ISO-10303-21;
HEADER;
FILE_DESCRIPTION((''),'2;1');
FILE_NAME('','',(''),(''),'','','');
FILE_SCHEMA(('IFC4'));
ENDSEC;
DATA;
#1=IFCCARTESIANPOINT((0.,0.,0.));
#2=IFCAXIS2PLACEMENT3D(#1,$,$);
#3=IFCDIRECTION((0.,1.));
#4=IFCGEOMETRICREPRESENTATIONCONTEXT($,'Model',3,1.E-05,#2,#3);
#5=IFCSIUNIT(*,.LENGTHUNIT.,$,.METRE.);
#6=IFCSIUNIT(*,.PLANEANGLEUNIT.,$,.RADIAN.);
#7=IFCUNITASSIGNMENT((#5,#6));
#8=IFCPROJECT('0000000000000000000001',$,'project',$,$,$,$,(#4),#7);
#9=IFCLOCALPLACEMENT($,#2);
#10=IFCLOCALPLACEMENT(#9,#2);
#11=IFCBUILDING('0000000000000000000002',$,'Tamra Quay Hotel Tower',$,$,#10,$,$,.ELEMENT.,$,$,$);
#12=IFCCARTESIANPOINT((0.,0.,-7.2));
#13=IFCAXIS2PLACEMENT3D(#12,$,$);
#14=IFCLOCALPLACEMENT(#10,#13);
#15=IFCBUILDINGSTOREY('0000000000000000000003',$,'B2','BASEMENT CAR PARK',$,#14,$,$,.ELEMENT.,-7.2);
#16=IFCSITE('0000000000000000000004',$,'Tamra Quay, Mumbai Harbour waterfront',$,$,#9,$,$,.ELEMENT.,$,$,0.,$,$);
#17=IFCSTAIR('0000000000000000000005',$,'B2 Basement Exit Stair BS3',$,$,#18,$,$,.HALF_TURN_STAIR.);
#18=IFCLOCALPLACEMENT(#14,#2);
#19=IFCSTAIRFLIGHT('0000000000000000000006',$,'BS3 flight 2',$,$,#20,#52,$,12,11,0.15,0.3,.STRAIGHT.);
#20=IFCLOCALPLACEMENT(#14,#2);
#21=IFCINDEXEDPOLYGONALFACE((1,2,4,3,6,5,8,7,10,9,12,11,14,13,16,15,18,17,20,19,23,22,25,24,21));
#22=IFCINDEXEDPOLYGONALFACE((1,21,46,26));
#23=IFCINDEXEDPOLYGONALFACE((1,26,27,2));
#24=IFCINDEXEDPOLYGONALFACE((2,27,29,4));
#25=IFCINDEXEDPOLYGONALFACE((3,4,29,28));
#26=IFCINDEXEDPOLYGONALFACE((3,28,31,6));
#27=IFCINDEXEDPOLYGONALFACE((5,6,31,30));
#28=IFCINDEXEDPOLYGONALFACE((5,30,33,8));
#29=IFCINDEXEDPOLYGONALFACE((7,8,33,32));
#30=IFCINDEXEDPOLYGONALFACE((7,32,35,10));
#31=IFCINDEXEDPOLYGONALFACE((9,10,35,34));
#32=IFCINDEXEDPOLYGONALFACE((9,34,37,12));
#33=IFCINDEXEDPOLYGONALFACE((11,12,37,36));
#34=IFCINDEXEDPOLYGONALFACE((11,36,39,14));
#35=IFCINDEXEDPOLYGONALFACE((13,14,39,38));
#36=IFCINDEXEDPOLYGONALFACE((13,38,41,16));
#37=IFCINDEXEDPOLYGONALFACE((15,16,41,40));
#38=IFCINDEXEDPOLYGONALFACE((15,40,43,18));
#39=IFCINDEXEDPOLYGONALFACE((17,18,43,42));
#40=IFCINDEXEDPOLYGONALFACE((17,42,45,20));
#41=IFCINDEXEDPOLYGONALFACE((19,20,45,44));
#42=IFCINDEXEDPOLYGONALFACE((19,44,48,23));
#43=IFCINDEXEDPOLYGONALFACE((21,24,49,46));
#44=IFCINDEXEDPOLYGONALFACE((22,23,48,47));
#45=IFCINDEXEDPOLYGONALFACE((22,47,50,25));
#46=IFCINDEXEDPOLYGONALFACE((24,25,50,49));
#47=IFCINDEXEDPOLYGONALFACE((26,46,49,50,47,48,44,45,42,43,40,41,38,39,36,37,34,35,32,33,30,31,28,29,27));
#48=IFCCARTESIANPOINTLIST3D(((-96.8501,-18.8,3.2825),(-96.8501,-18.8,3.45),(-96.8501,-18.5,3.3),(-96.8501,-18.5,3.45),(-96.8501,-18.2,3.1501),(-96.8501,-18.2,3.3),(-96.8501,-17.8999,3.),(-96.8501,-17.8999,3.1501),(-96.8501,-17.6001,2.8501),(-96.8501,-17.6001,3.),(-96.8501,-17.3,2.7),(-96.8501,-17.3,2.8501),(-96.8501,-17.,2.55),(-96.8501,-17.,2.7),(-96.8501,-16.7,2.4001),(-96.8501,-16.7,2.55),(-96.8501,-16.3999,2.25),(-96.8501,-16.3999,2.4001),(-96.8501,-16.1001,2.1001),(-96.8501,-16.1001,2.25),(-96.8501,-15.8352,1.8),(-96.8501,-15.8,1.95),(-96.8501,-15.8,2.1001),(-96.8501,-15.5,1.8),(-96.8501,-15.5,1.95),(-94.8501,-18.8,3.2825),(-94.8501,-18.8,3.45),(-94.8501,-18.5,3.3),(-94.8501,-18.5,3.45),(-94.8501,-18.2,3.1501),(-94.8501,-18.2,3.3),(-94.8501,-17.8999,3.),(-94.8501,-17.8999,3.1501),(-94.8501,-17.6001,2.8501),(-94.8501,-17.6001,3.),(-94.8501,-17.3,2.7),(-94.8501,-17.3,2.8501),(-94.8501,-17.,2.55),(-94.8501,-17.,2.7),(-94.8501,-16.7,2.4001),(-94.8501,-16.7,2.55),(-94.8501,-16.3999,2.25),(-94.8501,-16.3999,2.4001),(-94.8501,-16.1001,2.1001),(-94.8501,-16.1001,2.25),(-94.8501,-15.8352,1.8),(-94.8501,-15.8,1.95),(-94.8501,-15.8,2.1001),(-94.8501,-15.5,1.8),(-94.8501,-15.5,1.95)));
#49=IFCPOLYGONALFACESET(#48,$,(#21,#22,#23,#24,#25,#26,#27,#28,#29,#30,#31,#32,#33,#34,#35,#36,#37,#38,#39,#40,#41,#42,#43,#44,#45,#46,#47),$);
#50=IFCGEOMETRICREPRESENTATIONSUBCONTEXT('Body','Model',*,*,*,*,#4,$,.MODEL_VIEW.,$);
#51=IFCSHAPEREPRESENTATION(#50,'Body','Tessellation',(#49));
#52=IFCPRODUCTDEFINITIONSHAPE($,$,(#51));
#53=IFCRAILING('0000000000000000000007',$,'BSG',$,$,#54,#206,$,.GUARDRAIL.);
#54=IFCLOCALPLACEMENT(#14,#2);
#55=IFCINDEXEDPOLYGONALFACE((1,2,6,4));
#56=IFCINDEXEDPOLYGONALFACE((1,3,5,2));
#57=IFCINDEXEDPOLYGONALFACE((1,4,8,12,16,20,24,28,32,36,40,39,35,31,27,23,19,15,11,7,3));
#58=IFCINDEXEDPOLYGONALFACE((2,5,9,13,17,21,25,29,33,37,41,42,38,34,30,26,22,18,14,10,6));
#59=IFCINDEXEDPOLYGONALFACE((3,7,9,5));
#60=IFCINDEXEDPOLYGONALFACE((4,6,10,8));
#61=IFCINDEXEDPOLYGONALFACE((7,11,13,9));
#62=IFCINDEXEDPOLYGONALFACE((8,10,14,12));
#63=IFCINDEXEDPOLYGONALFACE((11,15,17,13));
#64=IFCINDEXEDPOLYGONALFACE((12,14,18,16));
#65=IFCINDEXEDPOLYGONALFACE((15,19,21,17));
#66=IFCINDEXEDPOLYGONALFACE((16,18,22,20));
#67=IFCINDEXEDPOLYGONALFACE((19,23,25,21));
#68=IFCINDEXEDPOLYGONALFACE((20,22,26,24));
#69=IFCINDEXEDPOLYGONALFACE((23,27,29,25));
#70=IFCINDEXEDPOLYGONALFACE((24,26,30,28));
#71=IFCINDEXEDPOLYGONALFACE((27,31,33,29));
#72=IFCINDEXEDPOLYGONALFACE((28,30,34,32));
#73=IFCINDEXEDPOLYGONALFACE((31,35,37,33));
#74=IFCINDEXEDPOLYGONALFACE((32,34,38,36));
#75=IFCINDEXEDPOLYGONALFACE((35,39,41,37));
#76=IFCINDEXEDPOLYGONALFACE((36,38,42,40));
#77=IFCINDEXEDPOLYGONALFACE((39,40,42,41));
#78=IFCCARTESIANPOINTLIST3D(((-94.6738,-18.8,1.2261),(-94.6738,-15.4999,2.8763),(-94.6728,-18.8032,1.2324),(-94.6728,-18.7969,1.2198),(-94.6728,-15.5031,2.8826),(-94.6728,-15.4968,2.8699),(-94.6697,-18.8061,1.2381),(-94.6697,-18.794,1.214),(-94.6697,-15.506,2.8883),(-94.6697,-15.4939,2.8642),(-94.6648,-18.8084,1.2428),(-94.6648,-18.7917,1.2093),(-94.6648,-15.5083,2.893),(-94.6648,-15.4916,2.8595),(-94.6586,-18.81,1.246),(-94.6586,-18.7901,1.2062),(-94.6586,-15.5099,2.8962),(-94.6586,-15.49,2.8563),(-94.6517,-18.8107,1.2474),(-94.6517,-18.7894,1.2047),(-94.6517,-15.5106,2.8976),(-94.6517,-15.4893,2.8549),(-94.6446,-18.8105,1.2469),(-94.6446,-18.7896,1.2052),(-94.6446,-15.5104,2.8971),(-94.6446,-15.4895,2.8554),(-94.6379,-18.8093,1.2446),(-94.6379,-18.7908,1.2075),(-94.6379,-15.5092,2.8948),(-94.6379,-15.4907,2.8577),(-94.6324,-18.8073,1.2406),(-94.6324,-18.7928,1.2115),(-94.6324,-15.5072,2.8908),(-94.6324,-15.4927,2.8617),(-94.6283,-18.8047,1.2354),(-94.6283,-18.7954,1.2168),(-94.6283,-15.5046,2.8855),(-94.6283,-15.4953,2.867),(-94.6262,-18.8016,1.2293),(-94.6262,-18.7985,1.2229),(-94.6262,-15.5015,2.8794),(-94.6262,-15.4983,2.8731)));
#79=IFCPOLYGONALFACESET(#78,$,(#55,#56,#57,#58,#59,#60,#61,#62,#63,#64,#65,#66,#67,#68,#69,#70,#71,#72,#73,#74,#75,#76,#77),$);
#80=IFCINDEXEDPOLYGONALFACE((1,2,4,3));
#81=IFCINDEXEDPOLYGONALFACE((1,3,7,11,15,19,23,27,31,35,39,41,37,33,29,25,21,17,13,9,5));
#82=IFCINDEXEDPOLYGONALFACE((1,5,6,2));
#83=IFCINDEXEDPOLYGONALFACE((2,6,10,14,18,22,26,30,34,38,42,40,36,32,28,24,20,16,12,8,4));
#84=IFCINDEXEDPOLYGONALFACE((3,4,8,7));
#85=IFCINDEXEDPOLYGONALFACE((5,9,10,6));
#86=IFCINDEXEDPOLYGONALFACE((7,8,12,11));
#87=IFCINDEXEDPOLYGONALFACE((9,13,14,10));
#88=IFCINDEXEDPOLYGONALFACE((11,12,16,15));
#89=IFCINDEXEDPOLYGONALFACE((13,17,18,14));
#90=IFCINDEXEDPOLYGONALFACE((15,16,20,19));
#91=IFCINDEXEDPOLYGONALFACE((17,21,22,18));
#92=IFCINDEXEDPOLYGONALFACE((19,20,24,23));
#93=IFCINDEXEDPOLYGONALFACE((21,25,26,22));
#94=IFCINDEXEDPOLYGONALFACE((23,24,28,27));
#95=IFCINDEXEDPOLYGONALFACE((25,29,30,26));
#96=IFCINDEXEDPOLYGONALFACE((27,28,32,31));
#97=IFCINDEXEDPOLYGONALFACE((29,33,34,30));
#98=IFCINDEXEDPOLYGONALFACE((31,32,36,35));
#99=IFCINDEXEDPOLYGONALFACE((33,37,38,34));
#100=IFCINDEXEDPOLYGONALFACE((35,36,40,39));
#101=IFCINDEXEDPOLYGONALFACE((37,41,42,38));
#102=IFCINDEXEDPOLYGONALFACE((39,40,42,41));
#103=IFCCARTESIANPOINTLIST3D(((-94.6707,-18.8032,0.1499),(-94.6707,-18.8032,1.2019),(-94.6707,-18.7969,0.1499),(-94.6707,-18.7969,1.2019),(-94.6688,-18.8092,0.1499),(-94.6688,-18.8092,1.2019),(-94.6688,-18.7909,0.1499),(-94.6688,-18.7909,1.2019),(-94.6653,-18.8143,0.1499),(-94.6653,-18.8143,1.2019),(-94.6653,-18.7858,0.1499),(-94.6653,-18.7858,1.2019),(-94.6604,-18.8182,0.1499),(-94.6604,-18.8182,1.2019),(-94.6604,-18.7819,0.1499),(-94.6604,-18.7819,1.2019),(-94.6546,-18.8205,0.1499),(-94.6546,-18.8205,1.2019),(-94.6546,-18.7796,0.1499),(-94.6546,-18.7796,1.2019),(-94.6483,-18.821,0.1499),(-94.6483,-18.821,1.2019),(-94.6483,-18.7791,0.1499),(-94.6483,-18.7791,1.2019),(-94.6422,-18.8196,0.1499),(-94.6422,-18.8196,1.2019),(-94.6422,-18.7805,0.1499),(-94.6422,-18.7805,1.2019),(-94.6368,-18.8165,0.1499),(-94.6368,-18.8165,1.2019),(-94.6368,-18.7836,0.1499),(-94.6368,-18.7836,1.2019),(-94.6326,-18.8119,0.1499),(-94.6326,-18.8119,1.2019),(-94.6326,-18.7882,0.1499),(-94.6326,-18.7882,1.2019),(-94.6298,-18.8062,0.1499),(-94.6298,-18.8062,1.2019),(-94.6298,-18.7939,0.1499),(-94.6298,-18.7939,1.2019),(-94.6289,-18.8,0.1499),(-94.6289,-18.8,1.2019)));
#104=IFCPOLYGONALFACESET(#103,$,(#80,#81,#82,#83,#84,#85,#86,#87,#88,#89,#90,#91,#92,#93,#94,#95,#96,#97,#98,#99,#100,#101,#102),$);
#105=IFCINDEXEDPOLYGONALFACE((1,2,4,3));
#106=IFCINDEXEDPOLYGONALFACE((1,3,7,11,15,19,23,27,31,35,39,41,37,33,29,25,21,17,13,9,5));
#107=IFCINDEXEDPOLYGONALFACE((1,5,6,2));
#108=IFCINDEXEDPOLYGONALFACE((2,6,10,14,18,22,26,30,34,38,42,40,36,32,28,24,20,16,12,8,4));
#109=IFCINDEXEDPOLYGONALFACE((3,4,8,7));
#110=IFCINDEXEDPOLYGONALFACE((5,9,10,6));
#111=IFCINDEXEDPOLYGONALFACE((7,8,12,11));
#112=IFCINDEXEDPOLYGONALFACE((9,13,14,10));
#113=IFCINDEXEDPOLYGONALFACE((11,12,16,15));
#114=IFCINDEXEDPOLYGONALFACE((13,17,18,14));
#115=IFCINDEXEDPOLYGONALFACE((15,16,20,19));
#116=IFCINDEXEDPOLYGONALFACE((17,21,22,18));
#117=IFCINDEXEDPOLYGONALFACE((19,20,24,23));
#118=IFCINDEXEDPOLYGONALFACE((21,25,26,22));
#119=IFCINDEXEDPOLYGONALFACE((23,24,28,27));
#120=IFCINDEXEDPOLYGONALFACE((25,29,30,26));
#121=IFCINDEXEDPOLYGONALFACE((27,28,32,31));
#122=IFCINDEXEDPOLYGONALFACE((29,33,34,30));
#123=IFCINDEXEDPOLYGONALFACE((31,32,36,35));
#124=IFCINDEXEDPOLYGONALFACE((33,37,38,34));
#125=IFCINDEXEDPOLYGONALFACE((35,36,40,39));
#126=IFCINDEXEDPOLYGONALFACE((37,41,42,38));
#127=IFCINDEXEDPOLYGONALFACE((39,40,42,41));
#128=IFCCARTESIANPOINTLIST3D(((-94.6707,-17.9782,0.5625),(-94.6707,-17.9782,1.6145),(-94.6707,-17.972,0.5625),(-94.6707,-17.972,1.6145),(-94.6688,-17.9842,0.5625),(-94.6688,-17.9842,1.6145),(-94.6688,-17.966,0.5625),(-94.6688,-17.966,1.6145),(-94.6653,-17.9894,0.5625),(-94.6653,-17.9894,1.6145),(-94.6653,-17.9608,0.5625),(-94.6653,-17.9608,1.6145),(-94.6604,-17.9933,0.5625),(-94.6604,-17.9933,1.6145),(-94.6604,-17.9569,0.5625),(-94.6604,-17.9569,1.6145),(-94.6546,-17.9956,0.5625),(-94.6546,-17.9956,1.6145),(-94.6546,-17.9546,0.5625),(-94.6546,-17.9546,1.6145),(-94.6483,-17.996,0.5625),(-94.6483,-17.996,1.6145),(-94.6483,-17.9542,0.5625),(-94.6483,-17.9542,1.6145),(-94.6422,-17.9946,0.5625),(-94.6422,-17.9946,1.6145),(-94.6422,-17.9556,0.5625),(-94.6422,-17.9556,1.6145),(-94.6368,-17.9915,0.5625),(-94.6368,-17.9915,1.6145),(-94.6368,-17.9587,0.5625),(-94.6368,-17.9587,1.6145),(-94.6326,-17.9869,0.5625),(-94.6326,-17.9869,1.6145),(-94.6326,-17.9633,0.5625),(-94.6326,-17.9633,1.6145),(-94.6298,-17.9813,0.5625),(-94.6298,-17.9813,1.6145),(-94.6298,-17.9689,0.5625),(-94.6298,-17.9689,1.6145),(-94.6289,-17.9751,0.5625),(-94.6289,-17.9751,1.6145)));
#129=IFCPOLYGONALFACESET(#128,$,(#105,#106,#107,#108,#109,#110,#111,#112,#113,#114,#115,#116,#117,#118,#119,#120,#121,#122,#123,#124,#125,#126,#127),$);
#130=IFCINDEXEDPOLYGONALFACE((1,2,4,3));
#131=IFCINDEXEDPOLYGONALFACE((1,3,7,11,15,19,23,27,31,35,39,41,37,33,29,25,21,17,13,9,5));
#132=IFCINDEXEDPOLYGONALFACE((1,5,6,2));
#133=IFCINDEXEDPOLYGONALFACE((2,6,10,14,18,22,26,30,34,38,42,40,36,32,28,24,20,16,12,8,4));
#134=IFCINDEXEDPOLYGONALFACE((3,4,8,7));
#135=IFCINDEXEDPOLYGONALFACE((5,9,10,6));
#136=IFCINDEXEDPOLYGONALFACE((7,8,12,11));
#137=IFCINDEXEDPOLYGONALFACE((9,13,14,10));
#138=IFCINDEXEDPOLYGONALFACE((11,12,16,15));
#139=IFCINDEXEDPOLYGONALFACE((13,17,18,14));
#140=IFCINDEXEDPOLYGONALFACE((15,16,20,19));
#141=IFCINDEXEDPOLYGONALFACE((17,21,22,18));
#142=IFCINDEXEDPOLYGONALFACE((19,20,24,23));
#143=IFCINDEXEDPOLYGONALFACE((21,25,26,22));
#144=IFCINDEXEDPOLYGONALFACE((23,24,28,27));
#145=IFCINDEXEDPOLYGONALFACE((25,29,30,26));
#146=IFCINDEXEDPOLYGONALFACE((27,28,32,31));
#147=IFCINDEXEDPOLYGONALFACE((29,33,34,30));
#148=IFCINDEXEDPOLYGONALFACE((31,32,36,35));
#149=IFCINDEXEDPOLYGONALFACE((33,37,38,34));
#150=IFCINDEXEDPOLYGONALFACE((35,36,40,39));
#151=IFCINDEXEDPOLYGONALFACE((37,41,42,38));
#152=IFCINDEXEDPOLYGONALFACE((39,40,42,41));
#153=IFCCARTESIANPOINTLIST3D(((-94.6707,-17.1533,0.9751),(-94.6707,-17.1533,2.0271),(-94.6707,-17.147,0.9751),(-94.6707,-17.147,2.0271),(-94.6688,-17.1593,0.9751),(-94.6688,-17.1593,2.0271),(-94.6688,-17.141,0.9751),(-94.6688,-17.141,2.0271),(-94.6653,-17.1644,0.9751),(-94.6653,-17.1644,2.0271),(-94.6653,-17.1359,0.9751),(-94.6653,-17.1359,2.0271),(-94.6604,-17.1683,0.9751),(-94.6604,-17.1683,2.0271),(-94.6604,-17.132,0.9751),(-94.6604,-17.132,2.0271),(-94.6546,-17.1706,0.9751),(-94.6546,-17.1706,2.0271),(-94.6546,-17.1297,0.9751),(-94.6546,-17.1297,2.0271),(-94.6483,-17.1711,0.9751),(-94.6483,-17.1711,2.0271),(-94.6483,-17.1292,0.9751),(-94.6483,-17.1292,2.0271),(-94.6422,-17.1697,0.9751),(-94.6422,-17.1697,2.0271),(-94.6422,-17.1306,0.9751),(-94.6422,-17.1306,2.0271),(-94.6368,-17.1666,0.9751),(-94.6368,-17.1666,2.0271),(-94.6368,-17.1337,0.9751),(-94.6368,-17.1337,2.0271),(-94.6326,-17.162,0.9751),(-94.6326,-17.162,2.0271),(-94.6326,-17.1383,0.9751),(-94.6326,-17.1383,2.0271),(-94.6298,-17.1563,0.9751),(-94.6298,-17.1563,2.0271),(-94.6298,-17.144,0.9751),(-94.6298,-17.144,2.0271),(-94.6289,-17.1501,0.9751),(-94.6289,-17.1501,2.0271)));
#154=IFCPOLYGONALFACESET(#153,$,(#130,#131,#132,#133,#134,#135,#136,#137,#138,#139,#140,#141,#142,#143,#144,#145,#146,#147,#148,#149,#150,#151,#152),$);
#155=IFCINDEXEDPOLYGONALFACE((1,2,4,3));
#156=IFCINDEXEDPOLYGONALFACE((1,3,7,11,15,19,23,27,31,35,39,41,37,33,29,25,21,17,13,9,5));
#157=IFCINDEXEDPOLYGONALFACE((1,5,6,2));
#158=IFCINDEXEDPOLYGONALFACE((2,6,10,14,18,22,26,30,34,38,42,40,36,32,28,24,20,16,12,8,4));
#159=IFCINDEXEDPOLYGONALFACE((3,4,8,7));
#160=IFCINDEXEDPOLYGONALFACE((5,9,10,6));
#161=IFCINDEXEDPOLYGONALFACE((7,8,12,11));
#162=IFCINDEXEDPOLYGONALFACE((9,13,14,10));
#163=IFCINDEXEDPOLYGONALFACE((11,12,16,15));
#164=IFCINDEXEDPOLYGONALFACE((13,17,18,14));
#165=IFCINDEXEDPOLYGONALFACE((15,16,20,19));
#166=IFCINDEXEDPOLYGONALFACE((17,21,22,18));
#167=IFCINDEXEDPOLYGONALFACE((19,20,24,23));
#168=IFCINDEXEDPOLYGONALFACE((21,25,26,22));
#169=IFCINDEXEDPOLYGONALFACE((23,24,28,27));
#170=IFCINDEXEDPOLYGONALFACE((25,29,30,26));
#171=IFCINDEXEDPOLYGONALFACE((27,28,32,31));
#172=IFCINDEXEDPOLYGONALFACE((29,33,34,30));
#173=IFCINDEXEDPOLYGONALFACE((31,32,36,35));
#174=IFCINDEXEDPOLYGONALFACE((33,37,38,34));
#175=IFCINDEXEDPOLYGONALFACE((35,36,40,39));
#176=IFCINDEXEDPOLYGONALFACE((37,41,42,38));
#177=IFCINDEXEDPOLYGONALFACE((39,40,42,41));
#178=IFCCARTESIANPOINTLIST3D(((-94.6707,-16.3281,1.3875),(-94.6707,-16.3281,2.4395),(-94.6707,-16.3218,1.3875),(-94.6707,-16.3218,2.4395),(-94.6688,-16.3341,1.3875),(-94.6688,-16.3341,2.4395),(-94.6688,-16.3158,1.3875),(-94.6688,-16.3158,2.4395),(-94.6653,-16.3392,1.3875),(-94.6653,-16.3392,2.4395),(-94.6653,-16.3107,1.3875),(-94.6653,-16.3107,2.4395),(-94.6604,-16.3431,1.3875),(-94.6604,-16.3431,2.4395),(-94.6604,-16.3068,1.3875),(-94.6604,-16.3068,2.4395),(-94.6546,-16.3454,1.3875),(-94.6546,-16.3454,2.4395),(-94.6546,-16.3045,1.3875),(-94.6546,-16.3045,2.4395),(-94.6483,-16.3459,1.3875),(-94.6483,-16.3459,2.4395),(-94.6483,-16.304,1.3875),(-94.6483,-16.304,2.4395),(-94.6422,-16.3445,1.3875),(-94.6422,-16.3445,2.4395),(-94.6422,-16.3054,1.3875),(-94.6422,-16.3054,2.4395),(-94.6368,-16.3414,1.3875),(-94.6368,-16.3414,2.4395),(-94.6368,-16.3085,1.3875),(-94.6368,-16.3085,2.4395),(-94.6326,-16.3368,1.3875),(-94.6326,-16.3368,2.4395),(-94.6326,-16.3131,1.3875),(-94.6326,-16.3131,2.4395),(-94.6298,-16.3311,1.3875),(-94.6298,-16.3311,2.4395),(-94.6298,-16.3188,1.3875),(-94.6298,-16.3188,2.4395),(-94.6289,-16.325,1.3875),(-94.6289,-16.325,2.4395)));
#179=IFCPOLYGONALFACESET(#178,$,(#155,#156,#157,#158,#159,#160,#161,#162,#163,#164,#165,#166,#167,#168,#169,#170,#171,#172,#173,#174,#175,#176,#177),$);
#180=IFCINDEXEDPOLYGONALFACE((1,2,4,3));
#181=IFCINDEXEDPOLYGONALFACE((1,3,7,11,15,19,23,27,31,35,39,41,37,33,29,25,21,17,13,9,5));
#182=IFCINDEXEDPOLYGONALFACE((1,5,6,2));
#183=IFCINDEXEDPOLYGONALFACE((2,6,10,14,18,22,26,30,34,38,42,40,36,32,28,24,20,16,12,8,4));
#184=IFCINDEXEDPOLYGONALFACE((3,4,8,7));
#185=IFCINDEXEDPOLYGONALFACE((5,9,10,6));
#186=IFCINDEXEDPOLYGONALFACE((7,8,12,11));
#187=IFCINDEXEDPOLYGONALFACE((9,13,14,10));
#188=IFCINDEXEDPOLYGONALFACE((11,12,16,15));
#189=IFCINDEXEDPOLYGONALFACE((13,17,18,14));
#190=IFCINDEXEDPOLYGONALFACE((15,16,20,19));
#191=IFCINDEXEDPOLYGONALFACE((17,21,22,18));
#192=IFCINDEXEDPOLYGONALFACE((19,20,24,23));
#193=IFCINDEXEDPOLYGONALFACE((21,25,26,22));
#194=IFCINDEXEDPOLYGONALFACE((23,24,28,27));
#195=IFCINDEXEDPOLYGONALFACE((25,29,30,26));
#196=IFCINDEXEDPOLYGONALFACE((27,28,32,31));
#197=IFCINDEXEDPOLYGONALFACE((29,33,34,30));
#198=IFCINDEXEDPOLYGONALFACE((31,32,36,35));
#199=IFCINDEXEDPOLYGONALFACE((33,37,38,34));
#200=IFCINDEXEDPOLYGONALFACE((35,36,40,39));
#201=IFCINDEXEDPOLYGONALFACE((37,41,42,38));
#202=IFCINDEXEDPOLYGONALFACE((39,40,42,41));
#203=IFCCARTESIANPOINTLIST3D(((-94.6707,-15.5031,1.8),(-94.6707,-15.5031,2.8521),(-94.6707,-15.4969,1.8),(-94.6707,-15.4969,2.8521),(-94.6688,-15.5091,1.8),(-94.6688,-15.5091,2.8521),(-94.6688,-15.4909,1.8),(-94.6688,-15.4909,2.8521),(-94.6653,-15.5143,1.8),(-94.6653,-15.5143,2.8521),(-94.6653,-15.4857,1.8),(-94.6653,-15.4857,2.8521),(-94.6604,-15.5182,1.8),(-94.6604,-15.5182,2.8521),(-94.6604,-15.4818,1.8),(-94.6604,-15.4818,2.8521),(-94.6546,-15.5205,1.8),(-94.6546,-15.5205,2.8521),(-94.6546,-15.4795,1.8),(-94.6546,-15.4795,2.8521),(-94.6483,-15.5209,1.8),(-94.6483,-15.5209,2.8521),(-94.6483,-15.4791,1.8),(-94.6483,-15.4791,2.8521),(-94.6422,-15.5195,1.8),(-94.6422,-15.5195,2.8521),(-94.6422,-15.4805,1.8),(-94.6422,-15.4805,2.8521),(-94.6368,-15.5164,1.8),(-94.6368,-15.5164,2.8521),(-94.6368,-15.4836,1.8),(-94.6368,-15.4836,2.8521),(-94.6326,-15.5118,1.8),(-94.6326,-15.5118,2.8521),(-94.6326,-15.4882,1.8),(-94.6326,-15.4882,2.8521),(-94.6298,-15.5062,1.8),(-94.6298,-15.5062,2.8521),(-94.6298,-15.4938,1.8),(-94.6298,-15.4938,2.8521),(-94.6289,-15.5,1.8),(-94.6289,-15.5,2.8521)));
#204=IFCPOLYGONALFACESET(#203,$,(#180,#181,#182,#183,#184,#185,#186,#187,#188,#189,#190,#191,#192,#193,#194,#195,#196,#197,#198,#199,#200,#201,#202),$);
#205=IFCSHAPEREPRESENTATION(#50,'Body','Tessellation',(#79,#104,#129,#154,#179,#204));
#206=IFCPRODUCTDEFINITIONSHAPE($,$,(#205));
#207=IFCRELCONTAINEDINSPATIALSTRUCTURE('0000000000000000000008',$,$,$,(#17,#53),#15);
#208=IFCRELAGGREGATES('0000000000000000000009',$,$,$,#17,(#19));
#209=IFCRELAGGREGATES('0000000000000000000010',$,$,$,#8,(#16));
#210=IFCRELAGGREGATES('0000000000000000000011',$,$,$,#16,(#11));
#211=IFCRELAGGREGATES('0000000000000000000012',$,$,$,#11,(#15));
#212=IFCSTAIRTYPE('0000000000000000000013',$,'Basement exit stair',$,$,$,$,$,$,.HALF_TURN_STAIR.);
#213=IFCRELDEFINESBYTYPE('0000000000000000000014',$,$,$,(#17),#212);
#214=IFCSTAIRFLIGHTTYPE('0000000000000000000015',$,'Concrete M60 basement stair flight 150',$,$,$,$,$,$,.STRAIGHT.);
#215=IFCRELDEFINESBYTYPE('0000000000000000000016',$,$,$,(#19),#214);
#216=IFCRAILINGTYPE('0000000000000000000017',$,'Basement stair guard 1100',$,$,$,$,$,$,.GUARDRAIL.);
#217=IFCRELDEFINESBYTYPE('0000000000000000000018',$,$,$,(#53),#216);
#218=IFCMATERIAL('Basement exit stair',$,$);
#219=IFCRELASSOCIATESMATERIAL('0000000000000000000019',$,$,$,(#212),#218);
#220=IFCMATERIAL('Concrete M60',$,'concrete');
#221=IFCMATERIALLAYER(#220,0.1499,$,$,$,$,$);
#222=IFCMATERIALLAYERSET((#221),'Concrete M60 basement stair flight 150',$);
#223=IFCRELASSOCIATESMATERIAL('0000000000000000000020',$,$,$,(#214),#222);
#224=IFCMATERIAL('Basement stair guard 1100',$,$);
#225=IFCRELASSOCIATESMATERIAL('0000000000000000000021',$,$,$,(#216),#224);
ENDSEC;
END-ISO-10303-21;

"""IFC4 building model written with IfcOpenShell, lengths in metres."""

from ifc_helpers import new_model, si_unit, direction, frame, origin, origin_2d, place, context, subcontext, project, spatial, polyline, circle, outline, extrude, material, layer, layer_set, type_object, element, aggregate, save


model = new_model("IFC4")

# Units and contexts
model_context = context("Model", 3, precision=1e-05, world=origin(), true_north=direction((0.0, 1.0)))
body_context = subcontext(model_context, "Body", "Model", "MODEL_VIEW")
ifc_project = project(units=[si_unit("LENGTHUNIT", "METRE"), si_unit("PLANEANGLEUNIT", "RADIAN")], contexts=[model_context])

# Site, building, storey
site_placement = place(None, origin())
site = spatial("IfcSite", under=ifc_project, at=site_placement, Name="Tamra Quay, Mumbai Harbour waterfront", CompositionType="ELEMENT", RefElevation=0.0)
building_placement = place(site_placement, origin())
building = spatial("IfcBuilding", under=site, at=building_placement, Name="Tamra Quay Hotel Tower", CompositionType="ELEMENT")
storey_placement = place(building_placement, frame((0.0, 0.0, -7.2)))
storey = spatial("IfcBuildingStorey", under=building, at=storey_placement, Name="B2", Description="BASEMENT CAR PARK", CompositionType="ELEMENT", Elevation=-7.2)

# Stair, stair flight
ifc_material_1 = material(Name="Basement exit stair")
stair_type = type_object("IfcStairType", Name="Basement exit stair", PredefinedType="HALF_TURN_STAIR", material=ifc_material_1)
stair_placement = place(storey_placement, origin())
stair = element("IfcStair", 1, at=stair_placement, inside=storey, type_object=stair_type, Name="B2 Basement Exit Stair BS3", PredefinedType="HALF_TURN_STAIR")
ifc_material_2 = material(Name="Concrete M60", Category="concrete")
ifc_layer_1 = layer(ifc_material_2, 0.1499)
ifc_layer_set_1 = layer_set([ifc_layer_1], Name="Concrete M60 basement stair flight 150")
stair_flight_type = type_object("IfcStairFlightType", Name="Concrete M60 basement stair flight 150", PredefinedType="STRAIGHT", material=ifc_layer_set_1)
stair_flight_1_placement = place(storey_placement, frame((-95.8501, -15.5, 1.8), z_axis=(0.0, 0.0, 1.0), x_axis=(0.0, -1.0, 0.0)))
stair_flight_1 = element("IfcStairFlight", 2, at=stair_flight_1_placement, type_object=stair_flight_type, Name="BS3 flight 2", NumberOfRisers=12, NumberOfTreads=11, PredefinedType="STRAIGHT", RiserHeight=0.15, TreadLength=0.3, context=body_context, shape_type="SweptSolid", body=[
    extrude(outline(polyline([(0.0, 0.0), (0.0, 0.1499), (0.3, 0.1499), (0.3, 0.3), (0.6001, 0.3), (0.6001, 0.45), (0.8999, 0.45), (0.8999, 0.6001), (1.2, 0.6001), (1.2, 0.75), (1.5, 0.75), (1.5, 0.8999), (1.8, 0.8999), (1.8, 1.05), (2.1001, 1.05), (2.1001, 1.2), (2.3999, 1.2), (2.3999, 1.3501), (2.7, 1.3501), (2.7, 1.5), (3.0, 1.5), (3.0, 1.6499), (3.3, 1.6499), (3.3, 1.8), (3.3, 1.4824), (0.3352, 0.0), (0.0, 0.0)])), frame((0.0, 1.0, 0.0), z_axis=(0.0, -1.0, 0.0), x_axis=(1.0, 0.0, 0.0)), (0.0, 0.0, 1.0), 2.0),
])
aggregate(stair, [stair_flight_1])

# Railing
ifc_material_3 = material(Name="Basement stair guard 1100")
railing_type_1 = type_object("IfcRailingType", Name="Basement stair guard 1100", PredefinedType="GUARDRAIL", material=ifc_material_3)
railing_1_placement = place(storey_placement, frame((-94.6499, -18.8, 0.1499)))
element("IfcRailing", 3, at=railing_1_placement, inside=storey, type_object=railing_type_1, Name="BSG", PredefinedType="GUARDRAIL", context=body_context, shape_type="SweptSolid", body=[
    extrude(circle(Radius=0.0239, at=origin_2d()), frame((0.0, 0.0, 1.0762), z_axis=(0.0, 0.894414, 0.44724), x_axis=(-1.0, 0.0, 0.0)), (0.0, 0.0, 1.0), 3.6897),
    extrude(circle(Radius=0.021, at=origin_2d()), origin(), (0.0, 0.0, 1.0), 1.052),
    extrude(circle(Radius=0.021, at=origin_2d()), frame((0.0, 0.825, 0.4126)), (0.0, 0.0, 1.0), 1.052),
    extrude(circle(Radius=0.021, at=origin_2d()), frame((0.0, 1.6499, 0.8252)), (0.0, 0.0, 1.0), 1.052),
    extrude(circle(Radius=0.021, at=origin_2d()), frame((0.0, 2.4751, 1.2375)), (0.0, 0.0, 1.0), 1.052),
    extrude(circle(Radius=0.021, at=origin_2d()), frame((0.0, 3.3, 1.6501)), (0.0, 0.0, 1.0), 1.052),
])

save(model, "model.ifc")
